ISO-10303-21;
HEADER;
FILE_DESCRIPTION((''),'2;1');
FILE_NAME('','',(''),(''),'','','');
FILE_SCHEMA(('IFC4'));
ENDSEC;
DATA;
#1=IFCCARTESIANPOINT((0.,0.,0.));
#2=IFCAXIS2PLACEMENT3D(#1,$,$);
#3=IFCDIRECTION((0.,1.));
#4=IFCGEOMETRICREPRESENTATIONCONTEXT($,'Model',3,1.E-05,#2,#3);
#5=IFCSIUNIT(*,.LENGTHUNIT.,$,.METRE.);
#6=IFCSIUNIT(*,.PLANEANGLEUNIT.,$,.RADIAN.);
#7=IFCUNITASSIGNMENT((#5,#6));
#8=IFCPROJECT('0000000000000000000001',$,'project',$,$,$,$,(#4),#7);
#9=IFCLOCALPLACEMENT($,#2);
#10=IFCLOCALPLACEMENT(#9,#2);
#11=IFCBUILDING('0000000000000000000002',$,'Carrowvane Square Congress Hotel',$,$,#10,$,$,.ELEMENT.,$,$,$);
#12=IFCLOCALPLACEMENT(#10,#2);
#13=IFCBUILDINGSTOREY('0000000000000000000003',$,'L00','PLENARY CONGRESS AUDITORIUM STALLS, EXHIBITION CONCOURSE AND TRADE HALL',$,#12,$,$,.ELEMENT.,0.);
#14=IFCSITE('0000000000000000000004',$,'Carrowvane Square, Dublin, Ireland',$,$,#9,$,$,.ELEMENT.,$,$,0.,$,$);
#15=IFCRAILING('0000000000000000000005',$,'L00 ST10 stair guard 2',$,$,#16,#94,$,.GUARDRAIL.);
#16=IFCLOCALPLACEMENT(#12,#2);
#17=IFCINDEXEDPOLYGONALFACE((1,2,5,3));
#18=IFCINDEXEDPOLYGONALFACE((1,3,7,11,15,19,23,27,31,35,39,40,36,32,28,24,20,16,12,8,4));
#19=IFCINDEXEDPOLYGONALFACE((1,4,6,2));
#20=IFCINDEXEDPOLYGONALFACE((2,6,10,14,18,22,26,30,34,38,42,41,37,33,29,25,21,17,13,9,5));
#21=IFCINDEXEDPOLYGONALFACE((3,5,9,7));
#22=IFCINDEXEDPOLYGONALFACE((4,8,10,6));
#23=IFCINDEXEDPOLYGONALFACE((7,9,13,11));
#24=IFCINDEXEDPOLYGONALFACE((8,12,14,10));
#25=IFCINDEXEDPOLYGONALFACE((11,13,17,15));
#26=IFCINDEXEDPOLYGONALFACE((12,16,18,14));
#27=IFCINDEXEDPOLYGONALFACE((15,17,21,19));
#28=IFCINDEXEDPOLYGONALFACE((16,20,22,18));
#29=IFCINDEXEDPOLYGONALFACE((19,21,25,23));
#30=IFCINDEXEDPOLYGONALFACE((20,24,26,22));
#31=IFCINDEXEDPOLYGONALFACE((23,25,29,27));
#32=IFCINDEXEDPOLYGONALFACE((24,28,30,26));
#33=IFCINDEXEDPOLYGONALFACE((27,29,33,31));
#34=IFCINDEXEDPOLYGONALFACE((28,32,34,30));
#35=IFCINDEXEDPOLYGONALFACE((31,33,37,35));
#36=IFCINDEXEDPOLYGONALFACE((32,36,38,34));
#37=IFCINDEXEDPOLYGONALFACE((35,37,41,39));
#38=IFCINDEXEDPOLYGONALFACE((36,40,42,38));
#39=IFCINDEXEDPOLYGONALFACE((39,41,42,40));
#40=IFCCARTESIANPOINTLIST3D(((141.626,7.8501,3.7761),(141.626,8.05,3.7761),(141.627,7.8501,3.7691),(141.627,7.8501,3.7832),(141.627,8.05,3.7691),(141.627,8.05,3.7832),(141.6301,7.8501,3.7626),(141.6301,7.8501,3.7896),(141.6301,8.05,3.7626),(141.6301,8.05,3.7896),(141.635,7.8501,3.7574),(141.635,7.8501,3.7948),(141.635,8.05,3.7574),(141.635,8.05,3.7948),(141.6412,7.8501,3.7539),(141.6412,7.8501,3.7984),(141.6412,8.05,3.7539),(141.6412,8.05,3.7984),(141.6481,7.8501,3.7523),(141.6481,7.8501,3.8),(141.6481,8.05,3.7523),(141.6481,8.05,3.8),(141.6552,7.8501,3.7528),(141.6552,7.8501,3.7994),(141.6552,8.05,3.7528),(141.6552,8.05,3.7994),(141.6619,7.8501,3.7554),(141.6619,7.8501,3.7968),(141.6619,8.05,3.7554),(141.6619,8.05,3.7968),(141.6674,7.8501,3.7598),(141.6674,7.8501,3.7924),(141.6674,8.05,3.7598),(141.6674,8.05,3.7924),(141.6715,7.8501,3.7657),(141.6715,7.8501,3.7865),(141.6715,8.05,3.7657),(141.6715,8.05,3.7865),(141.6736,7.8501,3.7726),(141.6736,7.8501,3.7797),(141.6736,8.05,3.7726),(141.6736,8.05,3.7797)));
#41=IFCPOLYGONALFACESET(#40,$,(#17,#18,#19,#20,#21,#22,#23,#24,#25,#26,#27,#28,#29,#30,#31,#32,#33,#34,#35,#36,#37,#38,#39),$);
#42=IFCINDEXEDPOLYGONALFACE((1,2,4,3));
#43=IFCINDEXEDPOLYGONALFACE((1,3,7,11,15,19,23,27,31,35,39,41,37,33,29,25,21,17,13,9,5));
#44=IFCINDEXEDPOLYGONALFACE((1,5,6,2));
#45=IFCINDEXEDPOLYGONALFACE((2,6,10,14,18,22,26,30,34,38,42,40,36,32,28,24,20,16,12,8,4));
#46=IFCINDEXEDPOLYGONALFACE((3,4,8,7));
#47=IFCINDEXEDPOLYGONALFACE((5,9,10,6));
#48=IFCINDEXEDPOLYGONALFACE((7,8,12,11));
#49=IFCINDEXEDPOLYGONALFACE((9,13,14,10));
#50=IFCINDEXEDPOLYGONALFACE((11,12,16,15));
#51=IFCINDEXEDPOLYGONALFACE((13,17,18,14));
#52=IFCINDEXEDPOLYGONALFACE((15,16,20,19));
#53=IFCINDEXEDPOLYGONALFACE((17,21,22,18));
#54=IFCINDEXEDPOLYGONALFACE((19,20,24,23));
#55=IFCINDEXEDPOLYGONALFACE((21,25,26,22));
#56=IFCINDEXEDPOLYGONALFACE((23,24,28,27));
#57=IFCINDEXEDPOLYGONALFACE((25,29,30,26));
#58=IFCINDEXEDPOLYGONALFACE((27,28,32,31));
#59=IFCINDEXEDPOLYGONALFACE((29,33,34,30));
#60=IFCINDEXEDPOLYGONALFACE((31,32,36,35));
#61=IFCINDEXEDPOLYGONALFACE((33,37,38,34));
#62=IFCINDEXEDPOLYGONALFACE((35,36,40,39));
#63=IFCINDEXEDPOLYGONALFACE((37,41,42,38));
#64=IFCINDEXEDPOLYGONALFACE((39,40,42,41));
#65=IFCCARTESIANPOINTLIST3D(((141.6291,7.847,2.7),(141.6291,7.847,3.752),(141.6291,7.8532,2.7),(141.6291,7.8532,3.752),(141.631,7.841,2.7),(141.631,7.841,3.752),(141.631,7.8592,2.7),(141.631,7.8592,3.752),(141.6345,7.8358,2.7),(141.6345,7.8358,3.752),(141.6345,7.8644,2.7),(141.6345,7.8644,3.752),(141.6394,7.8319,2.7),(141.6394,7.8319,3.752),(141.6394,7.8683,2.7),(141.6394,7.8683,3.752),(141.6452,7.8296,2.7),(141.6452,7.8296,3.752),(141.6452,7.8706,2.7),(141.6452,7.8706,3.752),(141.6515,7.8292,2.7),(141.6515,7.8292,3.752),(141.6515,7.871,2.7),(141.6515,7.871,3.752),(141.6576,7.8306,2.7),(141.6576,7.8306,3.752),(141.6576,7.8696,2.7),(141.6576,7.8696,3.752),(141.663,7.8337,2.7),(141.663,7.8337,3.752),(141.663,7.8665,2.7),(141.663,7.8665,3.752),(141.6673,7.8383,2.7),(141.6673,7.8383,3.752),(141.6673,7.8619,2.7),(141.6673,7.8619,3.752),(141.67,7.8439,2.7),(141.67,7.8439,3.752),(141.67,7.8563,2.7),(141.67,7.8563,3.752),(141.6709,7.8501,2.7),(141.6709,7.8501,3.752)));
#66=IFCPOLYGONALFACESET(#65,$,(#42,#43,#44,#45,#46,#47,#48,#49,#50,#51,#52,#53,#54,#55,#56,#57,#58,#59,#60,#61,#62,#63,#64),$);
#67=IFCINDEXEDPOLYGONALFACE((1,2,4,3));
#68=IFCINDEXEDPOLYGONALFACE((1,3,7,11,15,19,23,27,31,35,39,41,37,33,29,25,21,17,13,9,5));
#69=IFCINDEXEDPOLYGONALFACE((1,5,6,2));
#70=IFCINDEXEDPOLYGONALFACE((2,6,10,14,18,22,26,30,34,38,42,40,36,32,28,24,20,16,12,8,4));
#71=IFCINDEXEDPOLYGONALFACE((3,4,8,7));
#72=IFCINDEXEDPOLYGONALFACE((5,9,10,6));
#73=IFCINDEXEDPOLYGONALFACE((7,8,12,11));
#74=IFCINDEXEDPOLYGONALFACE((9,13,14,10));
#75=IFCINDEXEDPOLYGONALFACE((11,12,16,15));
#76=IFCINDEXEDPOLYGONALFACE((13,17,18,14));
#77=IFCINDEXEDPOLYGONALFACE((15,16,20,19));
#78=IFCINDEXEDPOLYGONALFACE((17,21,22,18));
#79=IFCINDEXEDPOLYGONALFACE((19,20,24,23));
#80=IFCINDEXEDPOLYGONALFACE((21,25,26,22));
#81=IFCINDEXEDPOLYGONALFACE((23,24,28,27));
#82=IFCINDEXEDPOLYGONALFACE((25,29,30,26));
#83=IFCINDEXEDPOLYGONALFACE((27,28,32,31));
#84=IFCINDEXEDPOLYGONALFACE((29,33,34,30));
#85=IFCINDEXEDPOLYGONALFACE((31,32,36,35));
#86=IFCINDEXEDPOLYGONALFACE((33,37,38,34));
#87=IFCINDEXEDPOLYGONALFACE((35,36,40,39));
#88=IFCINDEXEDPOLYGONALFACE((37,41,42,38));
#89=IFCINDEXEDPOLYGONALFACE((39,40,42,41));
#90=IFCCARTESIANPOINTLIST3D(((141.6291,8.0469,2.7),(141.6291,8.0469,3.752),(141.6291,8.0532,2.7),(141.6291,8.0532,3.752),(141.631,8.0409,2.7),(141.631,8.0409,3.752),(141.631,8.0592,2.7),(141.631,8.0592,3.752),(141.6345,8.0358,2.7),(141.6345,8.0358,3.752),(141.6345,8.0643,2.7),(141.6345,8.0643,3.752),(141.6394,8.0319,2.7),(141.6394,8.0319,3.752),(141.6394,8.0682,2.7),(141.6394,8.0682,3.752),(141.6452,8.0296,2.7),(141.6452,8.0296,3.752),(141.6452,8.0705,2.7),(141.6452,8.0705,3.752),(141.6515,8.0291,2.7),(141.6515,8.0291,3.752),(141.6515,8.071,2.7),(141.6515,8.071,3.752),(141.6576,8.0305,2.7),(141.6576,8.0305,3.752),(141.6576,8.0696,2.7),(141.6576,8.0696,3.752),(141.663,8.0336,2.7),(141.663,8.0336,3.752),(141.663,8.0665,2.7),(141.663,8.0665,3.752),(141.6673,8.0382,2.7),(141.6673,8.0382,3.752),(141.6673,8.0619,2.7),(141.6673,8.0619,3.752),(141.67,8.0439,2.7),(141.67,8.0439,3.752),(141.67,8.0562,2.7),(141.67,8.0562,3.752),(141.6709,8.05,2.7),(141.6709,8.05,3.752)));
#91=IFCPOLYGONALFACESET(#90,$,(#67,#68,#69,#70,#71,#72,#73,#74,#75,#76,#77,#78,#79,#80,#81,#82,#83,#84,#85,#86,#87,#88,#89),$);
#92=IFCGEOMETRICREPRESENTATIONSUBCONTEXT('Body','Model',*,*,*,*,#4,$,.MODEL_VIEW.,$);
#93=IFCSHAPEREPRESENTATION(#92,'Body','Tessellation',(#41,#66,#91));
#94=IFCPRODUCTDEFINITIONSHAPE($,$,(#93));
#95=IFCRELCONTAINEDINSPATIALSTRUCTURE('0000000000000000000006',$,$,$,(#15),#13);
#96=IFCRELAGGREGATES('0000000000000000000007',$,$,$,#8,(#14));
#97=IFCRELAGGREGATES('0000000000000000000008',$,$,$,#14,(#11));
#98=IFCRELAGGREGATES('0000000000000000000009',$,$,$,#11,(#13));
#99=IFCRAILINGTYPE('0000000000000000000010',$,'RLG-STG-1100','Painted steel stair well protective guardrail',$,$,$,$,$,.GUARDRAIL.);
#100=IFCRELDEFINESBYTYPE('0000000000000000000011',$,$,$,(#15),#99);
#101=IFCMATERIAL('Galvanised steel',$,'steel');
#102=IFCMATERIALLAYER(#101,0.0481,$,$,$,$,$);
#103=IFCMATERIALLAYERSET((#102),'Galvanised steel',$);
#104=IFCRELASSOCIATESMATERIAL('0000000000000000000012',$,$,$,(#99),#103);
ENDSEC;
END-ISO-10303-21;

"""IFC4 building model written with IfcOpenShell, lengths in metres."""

from ifc_helpers import new_model, si_unit, direction, frame, origin, origin_2d, place, context, subcontext, project, spatial, circle, extrude, material, layer, layer_set, type_object, element, save


model = new_model("IFC4")

# Units and contexts
model_context = context("Model", 3, precision=1e-05, world=origin(), true_north=direction((0.0, 1.0)))
body_context = subcontext(model_context, "Body", "Model", "MODEL_VIEW")
ifc_project = project(units=[si_unit("LENGTHUNIT", "METRE"), si_unit("PLANEANGLEUNIT", "RADIAN")], contexts=[model_context])

# Site, building, storey
site_placement = place(None, origin())
site = spatial("IfcSite", under=ifc_project, at=site_placement, Name="Carrowvane Square, Dublin, Ireland", CompositionType="ELEMENT", RefElevation=0.0)
building_placement = place(site_placement, origin())
building = spatial("IfcBuilding", under=site, at=building_placement, Name="Carrowvane Square Congress Hotel", CompositionType="ELEMENT")
storey_placement = place(building_placement, origin())
storey = spatial("IfcBuildingStorey", under=building, at=storey_placement, Name="L00", Description="PLENARY CONGRESS AUDITORIUM STALLS, EXHIBITION CONCOURSE AND TRADE HALL", CompositionType="ELEMENT", Elevation=0.0)

# Railing
ifc_material_1 = material(Name="Galvanised steel", Category="steel")
ifc_layer_1 = layer(ifc_material_1, 0.0481)
ifc_layer_set_1 = layer_set([ifc_layer_1], Name="Galvanised steel")
railing_type_1 = type_object("IfcRailingType", Name="RLG-STG-1100", Description="Painted steel stair well protective guardrail", PredefinedType="GUARDRAIL", material=ifc_layer_set_1)
railing_1_placement = place(storey_placement, frame((141.6499, 7.8501, 2.7)))
element("IfcRailing", 1, at=railing_1_placement, inside=storey, type_object=railing_type_1, Name="L00 ST10 stair guard 2", PredefinedType="GUARDRAIL", context=body_context, shape_type="SweptSolid", body=[
    extrude(circle(Radius=0.0239, at=origin_2d()), frame((0.0, 0.0, 1.0762), z_axis=(0.0, 1.0, 0.0), x_axis=(-1.0, 0.0, 0.0)), (0.0, 0.0, 1.0), 0.2),
    extrude(circle(Radius=0.021, at=origin_2d()), origin(), (0.0, 0.0, 1.0), 1.052),
    extrude(circle(Radius=0.021, at=origin_2d()), frame((0.0, 0.2, 0.0)), (0.0, 0.0, 1.0), 1.052),
])

save(model, "model.ifc")
